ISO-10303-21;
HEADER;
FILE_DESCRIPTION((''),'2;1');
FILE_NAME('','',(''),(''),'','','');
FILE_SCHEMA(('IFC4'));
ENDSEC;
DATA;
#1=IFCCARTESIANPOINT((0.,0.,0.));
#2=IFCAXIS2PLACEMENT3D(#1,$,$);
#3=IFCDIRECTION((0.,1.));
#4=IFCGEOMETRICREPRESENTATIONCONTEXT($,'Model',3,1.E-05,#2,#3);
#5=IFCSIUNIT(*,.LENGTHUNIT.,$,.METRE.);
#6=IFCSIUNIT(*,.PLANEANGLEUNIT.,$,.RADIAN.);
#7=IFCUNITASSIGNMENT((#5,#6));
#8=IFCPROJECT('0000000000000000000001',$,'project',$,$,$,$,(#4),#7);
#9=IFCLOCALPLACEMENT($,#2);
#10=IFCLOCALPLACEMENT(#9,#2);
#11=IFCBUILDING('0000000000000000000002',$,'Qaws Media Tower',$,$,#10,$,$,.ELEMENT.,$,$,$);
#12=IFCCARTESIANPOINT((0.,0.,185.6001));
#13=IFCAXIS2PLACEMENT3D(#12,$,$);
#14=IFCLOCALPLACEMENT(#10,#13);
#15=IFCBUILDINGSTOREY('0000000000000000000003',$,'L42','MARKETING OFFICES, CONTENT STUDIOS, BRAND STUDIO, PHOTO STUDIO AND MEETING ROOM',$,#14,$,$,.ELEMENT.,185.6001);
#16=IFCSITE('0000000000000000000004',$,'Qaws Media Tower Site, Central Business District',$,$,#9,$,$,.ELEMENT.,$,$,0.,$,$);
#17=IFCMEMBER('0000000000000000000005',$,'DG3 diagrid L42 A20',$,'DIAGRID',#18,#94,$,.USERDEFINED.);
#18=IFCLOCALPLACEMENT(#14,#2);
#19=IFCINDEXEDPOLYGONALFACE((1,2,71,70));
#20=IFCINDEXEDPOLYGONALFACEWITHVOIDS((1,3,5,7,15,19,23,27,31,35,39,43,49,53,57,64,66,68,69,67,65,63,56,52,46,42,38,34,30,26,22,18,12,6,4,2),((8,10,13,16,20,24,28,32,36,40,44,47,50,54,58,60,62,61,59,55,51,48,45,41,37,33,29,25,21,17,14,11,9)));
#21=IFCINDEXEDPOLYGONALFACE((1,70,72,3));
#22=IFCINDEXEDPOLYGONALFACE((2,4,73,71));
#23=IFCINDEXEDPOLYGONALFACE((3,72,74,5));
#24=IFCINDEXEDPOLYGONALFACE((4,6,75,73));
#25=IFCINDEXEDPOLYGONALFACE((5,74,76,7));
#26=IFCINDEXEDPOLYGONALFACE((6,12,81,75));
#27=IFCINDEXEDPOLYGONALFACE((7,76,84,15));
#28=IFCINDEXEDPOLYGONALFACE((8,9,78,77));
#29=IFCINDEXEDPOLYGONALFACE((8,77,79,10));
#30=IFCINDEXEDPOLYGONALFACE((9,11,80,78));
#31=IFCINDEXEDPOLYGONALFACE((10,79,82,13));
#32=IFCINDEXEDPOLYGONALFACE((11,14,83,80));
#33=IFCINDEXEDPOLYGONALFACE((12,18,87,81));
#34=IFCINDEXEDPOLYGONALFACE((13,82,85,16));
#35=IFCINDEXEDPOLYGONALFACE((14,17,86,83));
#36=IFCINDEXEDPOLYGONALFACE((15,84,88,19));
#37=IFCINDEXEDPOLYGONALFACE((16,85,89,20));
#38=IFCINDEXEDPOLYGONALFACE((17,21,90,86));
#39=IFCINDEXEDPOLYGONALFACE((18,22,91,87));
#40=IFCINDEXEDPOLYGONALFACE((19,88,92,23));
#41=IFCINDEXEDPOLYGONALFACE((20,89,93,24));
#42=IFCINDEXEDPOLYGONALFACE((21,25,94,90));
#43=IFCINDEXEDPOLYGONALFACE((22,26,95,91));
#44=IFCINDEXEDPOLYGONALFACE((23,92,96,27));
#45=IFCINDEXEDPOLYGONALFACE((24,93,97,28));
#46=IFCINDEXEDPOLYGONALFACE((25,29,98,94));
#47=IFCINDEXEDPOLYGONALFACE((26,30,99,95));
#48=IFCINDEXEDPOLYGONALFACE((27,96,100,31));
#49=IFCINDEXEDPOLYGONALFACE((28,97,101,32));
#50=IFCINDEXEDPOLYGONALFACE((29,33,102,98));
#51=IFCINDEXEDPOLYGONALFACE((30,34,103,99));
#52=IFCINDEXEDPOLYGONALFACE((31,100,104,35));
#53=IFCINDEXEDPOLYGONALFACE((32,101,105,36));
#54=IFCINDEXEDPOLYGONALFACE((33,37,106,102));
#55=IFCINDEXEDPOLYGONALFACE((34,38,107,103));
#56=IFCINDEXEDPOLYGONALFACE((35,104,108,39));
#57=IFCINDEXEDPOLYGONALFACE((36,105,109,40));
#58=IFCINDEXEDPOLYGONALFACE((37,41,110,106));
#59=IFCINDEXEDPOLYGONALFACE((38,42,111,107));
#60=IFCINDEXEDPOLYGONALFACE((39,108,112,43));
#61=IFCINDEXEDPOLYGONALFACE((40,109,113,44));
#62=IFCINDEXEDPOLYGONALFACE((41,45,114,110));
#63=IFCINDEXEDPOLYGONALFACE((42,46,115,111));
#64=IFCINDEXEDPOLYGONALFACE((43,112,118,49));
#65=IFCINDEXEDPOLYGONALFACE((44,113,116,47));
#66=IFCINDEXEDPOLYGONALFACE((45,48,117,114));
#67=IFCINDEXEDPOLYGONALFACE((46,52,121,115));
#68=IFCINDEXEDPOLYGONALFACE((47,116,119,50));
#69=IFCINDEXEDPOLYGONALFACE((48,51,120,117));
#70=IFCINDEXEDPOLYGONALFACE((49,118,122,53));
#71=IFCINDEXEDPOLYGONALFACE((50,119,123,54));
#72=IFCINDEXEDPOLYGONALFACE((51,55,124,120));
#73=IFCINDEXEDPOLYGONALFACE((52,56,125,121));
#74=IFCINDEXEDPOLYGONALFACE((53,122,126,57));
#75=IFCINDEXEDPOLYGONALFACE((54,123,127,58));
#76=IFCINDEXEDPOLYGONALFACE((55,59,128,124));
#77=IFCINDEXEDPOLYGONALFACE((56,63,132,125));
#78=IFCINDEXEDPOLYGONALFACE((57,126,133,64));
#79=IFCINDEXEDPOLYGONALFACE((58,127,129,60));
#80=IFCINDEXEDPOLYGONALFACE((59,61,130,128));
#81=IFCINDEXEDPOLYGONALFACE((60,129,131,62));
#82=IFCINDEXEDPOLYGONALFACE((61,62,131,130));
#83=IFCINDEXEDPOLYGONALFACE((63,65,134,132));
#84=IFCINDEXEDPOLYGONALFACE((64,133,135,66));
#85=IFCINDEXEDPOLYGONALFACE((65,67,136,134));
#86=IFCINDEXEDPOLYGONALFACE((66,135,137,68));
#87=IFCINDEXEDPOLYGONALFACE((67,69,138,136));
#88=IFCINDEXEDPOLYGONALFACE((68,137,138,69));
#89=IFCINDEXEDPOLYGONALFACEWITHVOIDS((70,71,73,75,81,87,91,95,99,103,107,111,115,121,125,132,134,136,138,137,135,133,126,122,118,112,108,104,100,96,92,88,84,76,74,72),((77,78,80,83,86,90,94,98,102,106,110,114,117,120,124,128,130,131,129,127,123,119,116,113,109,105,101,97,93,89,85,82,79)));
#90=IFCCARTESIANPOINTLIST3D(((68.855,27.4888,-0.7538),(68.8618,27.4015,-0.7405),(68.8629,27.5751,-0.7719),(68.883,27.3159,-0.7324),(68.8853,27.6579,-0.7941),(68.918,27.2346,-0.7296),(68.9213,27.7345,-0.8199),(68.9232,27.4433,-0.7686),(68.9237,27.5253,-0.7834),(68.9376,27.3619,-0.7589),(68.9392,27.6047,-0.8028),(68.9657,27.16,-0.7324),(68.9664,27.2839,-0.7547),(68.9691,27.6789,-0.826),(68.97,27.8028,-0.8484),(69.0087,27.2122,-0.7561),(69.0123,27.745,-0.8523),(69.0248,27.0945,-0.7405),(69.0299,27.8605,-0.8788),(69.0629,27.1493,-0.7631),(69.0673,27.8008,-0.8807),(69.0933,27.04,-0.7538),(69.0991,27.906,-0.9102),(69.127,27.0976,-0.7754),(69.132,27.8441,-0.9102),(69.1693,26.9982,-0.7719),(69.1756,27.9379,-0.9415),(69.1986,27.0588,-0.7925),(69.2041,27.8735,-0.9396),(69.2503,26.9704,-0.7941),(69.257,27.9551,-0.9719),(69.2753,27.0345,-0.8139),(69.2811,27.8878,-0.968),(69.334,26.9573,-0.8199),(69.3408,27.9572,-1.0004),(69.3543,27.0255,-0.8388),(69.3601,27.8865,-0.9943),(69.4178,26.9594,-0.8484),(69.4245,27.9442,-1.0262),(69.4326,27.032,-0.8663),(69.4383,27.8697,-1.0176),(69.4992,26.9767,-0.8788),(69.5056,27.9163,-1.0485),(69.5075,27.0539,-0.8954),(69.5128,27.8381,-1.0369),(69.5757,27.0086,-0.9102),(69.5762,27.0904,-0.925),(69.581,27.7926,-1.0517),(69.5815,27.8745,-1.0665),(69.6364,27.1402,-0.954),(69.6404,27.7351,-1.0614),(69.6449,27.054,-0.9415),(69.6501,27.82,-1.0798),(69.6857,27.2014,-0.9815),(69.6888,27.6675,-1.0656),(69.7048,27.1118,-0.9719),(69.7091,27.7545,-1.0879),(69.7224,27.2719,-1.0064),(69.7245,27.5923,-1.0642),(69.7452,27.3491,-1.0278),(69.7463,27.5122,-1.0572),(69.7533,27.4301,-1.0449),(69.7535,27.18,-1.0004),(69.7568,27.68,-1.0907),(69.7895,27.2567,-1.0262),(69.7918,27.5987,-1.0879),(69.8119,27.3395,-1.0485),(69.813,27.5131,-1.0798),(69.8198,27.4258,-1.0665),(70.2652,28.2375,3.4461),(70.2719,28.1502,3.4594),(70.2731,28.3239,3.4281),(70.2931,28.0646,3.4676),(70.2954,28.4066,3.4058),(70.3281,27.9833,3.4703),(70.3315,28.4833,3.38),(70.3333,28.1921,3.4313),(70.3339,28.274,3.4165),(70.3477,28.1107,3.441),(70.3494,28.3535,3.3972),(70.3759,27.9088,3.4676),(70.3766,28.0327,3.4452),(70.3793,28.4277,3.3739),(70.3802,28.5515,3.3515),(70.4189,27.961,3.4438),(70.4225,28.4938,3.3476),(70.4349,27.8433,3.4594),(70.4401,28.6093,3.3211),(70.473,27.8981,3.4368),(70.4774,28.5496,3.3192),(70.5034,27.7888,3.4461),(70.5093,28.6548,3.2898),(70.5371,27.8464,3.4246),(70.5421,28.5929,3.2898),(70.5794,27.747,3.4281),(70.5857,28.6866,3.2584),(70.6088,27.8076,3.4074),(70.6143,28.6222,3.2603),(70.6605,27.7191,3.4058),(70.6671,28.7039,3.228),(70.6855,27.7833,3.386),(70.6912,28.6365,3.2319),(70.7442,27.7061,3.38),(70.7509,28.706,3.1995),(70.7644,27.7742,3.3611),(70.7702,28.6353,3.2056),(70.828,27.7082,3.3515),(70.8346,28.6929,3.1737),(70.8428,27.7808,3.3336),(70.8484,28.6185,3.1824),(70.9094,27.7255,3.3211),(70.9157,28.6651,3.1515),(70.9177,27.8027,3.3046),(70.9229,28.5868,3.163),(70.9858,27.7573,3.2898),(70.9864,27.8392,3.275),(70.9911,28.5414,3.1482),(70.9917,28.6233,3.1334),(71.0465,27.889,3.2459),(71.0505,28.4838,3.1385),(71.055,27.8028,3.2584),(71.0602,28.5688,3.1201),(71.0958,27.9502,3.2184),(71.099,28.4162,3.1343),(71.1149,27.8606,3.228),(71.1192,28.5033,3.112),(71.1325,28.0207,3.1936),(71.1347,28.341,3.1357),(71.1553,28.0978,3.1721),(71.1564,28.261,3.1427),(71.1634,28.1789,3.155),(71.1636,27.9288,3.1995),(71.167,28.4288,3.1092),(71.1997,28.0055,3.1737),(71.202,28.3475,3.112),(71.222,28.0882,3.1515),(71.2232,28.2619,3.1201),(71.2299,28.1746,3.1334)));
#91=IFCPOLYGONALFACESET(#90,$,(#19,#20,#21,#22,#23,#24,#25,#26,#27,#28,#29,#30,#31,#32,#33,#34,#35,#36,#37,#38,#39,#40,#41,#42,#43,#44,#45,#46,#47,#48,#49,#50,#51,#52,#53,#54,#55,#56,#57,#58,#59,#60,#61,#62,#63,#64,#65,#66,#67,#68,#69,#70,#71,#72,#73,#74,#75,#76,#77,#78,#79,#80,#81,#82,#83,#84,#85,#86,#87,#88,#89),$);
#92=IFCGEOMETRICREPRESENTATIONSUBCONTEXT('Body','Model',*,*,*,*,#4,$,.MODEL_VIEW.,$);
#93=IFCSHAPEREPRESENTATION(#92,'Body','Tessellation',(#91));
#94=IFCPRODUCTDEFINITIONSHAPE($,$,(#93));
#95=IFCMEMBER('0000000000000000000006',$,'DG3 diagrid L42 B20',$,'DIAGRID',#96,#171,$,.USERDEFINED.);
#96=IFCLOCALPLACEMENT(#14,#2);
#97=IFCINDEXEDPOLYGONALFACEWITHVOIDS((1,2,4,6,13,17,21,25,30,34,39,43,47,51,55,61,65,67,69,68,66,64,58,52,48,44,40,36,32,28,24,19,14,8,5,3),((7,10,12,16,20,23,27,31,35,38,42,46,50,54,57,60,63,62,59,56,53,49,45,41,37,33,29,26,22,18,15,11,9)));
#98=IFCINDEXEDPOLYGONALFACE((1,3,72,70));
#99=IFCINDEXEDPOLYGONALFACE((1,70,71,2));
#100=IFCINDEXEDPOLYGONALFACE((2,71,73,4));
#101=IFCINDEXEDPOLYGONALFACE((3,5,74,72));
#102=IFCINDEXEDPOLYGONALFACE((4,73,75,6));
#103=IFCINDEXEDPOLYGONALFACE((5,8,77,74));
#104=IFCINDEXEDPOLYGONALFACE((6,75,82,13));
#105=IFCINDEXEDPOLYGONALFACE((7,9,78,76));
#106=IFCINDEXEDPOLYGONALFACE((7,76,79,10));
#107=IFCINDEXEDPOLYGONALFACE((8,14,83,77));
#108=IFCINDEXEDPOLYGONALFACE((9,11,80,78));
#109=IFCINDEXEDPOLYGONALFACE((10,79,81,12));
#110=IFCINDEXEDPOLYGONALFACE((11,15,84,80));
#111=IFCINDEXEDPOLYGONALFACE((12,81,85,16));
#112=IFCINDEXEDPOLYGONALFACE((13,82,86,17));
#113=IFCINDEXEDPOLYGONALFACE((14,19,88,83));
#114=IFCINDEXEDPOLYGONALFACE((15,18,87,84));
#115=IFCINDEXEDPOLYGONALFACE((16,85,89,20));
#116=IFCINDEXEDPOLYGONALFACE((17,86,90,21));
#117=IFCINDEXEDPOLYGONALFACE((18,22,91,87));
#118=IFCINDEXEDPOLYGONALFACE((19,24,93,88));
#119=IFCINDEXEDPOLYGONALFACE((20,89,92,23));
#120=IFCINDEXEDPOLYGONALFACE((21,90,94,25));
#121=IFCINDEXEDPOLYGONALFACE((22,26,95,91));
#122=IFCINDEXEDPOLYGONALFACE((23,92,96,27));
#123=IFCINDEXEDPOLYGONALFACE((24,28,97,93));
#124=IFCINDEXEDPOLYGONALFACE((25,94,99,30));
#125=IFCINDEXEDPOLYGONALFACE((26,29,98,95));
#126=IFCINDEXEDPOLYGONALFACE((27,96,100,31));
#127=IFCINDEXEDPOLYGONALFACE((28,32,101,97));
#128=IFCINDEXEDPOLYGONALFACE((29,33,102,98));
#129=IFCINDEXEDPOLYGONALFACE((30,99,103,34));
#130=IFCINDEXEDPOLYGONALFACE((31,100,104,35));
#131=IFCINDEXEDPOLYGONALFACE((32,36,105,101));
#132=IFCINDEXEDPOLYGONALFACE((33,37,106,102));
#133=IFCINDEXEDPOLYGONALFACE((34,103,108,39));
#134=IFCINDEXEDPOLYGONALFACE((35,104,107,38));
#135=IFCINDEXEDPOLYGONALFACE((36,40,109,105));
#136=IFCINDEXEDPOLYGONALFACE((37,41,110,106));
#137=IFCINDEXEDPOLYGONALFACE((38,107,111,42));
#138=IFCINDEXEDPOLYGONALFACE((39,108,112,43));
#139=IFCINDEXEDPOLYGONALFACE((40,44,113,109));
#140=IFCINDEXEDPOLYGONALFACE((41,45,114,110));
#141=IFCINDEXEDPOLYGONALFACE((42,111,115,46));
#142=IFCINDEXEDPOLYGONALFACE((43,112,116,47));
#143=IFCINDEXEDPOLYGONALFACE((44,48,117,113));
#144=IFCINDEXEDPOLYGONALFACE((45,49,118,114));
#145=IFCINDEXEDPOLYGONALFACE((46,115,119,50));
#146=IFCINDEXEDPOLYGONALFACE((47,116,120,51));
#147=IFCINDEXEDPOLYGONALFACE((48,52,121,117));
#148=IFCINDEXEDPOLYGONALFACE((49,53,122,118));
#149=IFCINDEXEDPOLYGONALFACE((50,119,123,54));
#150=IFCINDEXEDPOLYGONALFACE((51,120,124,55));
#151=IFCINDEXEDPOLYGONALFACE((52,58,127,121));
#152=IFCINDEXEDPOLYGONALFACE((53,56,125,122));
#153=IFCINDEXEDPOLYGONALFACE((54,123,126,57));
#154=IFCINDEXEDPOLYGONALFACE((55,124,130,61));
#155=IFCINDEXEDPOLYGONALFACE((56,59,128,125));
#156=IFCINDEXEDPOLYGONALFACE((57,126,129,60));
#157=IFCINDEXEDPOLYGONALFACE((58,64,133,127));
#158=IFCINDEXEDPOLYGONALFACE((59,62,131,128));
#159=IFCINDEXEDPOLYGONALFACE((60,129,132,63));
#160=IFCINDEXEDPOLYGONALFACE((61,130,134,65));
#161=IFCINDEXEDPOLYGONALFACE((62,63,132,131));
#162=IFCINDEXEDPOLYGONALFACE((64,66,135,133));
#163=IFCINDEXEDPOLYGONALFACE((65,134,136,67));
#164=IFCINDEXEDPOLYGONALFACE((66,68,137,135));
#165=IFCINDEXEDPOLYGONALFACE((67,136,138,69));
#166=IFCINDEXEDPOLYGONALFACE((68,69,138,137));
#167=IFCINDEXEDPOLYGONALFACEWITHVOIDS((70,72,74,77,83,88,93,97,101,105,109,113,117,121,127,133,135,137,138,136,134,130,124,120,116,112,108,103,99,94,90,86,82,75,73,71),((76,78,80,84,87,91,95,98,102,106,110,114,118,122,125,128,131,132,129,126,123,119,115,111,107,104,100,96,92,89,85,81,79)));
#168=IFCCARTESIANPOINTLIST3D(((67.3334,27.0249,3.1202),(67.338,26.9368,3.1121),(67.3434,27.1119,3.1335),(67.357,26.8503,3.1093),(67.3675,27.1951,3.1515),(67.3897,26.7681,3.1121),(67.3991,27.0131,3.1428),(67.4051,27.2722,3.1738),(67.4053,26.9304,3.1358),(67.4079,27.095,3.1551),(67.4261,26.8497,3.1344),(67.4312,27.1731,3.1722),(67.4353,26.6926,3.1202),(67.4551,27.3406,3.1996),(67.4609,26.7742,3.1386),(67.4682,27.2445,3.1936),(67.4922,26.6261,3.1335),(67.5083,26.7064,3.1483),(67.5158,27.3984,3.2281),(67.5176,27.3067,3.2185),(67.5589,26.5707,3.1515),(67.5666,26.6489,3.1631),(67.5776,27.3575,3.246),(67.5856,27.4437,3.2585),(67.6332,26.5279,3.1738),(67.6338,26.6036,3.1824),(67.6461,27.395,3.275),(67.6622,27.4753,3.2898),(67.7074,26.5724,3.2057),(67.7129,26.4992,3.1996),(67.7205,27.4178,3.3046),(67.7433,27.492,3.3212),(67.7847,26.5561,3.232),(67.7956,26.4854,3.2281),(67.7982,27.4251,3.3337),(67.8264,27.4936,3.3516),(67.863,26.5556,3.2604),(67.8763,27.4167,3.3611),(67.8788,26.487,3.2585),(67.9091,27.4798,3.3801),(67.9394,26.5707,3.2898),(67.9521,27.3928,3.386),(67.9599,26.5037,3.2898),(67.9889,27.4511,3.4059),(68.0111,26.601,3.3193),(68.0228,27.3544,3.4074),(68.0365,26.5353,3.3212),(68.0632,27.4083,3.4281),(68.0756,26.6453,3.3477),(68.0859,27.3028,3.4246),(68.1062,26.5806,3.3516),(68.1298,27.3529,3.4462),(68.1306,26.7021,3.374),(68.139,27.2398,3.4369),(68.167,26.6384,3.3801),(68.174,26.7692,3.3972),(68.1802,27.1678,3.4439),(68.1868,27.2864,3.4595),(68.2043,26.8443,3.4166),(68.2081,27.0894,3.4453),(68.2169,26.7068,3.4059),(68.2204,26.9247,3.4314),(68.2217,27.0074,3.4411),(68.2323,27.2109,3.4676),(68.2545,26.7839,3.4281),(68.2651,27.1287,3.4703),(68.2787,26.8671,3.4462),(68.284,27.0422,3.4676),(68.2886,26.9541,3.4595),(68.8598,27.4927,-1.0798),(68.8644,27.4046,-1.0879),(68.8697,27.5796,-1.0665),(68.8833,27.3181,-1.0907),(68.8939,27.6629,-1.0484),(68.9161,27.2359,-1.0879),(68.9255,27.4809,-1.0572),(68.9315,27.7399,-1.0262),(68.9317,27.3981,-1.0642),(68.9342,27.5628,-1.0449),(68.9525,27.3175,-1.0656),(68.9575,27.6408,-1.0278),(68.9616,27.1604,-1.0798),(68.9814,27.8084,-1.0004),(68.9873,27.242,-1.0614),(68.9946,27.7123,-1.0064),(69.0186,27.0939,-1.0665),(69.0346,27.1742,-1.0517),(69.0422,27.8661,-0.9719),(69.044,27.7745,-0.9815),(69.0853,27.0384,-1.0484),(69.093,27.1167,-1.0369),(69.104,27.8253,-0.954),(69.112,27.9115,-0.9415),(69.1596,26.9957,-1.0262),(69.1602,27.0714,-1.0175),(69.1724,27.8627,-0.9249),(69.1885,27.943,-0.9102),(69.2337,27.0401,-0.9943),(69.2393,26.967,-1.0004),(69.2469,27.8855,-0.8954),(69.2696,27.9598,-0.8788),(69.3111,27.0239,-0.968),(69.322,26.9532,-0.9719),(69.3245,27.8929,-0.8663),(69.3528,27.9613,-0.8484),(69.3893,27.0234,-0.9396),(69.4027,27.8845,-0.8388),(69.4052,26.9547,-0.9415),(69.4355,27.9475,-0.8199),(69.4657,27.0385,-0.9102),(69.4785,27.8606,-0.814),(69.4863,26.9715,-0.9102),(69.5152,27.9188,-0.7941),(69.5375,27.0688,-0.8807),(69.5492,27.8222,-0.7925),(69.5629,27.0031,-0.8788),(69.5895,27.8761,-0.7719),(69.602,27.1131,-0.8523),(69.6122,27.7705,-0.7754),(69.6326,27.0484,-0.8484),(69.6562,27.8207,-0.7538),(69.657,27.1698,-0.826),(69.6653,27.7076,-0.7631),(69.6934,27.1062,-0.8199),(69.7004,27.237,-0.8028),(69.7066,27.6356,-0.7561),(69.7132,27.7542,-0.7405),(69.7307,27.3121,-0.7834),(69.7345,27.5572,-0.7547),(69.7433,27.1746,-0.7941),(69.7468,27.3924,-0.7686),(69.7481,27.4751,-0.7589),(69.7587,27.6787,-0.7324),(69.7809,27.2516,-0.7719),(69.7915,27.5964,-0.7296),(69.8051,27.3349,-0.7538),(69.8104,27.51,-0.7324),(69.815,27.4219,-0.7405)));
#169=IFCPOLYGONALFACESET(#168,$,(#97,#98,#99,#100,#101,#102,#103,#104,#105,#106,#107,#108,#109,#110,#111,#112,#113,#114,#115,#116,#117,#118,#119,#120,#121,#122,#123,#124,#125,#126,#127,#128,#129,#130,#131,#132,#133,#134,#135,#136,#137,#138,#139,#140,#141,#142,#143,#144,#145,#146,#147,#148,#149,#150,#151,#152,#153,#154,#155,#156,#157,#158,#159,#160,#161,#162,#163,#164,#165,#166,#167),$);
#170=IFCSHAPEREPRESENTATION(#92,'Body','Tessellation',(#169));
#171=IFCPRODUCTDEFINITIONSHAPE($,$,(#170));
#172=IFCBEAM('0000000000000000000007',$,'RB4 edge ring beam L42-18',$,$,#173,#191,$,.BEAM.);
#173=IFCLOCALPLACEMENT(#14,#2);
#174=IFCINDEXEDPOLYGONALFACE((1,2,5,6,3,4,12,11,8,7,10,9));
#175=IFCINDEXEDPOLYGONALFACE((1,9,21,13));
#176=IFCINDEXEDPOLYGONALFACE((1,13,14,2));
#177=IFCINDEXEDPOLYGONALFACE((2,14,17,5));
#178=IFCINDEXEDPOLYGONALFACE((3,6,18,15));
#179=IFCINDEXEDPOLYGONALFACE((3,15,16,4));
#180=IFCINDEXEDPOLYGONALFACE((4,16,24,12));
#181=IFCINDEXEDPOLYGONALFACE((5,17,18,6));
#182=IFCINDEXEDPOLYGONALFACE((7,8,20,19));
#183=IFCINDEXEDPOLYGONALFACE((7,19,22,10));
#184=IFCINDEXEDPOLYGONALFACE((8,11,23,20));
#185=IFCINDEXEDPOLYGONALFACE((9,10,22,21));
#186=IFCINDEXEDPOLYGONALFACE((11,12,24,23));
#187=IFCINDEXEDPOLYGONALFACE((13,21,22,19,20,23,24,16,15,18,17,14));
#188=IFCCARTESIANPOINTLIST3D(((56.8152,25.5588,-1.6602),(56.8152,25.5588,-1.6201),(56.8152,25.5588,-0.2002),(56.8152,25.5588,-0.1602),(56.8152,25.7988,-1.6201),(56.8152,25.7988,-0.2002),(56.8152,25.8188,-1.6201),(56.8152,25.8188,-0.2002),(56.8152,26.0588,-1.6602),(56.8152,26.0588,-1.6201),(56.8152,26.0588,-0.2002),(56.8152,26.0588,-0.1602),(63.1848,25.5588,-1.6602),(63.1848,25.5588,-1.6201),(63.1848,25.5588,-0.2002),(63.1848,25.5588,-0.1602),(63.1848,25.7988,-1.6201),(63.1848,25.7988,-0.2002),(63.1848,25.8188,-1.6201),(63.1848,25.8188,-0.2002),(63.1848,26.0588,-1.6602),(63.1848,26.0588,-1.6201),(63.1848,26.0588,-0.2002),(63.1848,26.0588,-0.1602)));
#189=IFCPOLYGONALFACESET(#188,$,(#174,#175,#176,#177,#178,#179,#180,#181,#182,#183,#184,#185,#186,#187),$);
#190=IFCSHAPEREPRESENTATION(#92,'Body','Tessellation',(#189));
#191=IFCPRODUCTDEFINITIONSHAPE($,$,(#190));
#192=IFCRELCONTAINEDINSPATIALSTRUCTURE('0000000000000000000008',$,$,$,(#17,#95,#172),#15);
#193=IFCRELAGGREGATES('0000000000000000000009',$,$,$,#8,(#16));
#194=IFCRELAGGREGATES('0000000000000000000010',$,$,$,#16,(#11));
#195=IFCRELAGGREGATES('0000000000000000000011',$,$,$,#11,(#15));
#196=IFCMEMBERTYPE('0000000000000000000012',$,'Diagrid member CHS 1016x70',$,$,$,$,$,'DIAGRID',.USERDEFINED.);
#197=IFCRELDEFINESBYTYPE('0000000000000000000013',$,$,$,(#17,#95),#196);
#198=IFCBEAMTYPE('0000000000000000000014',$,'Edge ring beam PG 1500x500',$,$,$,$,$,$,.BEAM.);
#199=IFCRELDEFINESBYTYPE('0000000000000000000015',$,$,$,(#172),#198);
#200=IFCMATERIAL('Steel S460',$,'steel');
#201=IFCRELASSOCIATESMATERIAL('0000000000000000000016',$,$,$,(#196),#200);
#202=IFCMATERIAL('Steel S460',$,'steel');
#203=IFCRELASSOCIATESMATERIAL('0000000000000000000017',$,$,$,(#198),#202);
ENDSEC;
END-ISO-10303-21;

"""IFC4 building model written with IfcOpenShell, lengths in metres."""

from ifc_helpers import new_model, si_unit, direction, frame, origin, origin_2d, place, context, subcontext, project, spatial, hollow_circle, i_section, extrude, material, material_profile, profile_set, type_object, element, save


model = new_model("IFC4")

# Units and contexts
model_context = context("Model", 3, precision=1e-05, world=origin(), true_north=direction((0.0, 1.0)))
body_context = subcontext(model_context, "Body", "Model", "MODEL_VIEW")
ifc_project = project(units=[si_unit("LENGTHUNIT", "METRE"), si_unit("PLANEANGLEUNIT", "RADIAN")], contexts=[model_context])

# Site, building, storey
site_placement = place(None, origin())
site = spatial("IfcSite", under=ifc_project, at=site_placement, Name="Qaws Media Tower Site, Central Business District", CompositionType="ELEMENT", RefElevation=0.0)
building_placement = place(site_placement, origin())
building = spatial("IfcBuilding", under=site, at=building_placement, Name="Qaws Media Tower", CompositionType="ELEMENT")
storey_placement = place(building_placement, frame((0.0, 0.0, 185.6001)))
storey = spatial("IfcBuildingStorey", under=building, at=storey_placement, Name="L42", Description="MARKETING OFFICES, CONTENT STUDIOS, BRAND STUDIO, PHOTO STUDIO AND MEETING ROOM", CompositionType="ELEMENT", Elevation=185.6001)

# Members
ifc_material_1 = material(Name="Steel S460", Category="steel")
ifc_material_profile_1 = material_profile(ifc_material_1, hollow_circle(Radius=0.5081, WallThickness=0.0701, at=origin_2d()), Name="CHS 1016x70")
ifc_profile_set_1 = profile_set([ifc_material_profile_1], Name="Steel S460")
member_type_1 = type_object("IfcMemberType", Name="Diagrid member CHS 1016x70", ElementType="DIAGRID", PredefinedType="USERDEFINED", material=ifc_profile_set_1)
for number, where, z_axis, x_axis, name in (
    (1, (69.3374, 27.4573, -0.9102), (0.313843, 0.166647, 0.934736), (-0.468976, 0.883211, 0.0), "DG3 diagrid L42 A20"),
    (2, (69.3374, 27.4573, -0.9102), (-0.339711, -0.104109, 0.93475), (0.293011, -0.956109, 0.0), "DG3 diagrid L42 B20"),
):
    element("IfcMember", number, at=place(storey_placement, frame(where, z_axis=z_axis, x_axis=x_axis)), inside=storey, type_object=member_type_1, Name=name, ObjectType="DIAGRID", PredefinedType="USERDEFINED", context=body_context, shape_type="SweptSolid", body=[
        extrude(hollow_circle(Radius=0.5081, WallThickness=0.0701, at=origin_2d()), origin(), (0.0, 0.0, 1.0), 4.4932),
    ])

# Beam
ifc_material_2 = material(Name="Steel S460", Category="steel")
ifc_material_profile_2 = material_profile(ifc_material_2, i_section(OverallWidth=0.5, OverallDepth=1.5, WebThickness=0.02, FlangeThickness=0.04, at=origin_2d()), Name="PG 1500x500")
ifc_profile_set_2 = profile_set([ifc_material_profile_2], Name="Steel S460")
beam_type = type_object("IfcBeamType", Name="Edge ring beam PG 1500x500", PredefinedType="BEAM", material=ifc_profile_set_2)
for number, where, z_axis, x_axis, name in (
    (3, (56.8152, 25.8088, -0.9102), (1.0, 0.0, 0.0), (0.0, 1.0, 0.0), "RB4 edge ring beam L42-18"),
):
    element("IfcBeam", number, at=place(storey_placement, frame(where, z_axis=z_axis, x_axis=x_axis)), inside=storey, type_object=beam_type, Name=name, PredefinedType="BEAM", context=body_context, shape_type="SweptSolid", body=[
        extrude(i_section(OverallWidth=0.5, OverallDepth=1.5, WebThickness=0.02, FlangeThickness=0.04, at=origin_2d()), origin(), (0.0, 0.0, 1.0), 6.3696),
    ])

save(model, "model.ifc")
